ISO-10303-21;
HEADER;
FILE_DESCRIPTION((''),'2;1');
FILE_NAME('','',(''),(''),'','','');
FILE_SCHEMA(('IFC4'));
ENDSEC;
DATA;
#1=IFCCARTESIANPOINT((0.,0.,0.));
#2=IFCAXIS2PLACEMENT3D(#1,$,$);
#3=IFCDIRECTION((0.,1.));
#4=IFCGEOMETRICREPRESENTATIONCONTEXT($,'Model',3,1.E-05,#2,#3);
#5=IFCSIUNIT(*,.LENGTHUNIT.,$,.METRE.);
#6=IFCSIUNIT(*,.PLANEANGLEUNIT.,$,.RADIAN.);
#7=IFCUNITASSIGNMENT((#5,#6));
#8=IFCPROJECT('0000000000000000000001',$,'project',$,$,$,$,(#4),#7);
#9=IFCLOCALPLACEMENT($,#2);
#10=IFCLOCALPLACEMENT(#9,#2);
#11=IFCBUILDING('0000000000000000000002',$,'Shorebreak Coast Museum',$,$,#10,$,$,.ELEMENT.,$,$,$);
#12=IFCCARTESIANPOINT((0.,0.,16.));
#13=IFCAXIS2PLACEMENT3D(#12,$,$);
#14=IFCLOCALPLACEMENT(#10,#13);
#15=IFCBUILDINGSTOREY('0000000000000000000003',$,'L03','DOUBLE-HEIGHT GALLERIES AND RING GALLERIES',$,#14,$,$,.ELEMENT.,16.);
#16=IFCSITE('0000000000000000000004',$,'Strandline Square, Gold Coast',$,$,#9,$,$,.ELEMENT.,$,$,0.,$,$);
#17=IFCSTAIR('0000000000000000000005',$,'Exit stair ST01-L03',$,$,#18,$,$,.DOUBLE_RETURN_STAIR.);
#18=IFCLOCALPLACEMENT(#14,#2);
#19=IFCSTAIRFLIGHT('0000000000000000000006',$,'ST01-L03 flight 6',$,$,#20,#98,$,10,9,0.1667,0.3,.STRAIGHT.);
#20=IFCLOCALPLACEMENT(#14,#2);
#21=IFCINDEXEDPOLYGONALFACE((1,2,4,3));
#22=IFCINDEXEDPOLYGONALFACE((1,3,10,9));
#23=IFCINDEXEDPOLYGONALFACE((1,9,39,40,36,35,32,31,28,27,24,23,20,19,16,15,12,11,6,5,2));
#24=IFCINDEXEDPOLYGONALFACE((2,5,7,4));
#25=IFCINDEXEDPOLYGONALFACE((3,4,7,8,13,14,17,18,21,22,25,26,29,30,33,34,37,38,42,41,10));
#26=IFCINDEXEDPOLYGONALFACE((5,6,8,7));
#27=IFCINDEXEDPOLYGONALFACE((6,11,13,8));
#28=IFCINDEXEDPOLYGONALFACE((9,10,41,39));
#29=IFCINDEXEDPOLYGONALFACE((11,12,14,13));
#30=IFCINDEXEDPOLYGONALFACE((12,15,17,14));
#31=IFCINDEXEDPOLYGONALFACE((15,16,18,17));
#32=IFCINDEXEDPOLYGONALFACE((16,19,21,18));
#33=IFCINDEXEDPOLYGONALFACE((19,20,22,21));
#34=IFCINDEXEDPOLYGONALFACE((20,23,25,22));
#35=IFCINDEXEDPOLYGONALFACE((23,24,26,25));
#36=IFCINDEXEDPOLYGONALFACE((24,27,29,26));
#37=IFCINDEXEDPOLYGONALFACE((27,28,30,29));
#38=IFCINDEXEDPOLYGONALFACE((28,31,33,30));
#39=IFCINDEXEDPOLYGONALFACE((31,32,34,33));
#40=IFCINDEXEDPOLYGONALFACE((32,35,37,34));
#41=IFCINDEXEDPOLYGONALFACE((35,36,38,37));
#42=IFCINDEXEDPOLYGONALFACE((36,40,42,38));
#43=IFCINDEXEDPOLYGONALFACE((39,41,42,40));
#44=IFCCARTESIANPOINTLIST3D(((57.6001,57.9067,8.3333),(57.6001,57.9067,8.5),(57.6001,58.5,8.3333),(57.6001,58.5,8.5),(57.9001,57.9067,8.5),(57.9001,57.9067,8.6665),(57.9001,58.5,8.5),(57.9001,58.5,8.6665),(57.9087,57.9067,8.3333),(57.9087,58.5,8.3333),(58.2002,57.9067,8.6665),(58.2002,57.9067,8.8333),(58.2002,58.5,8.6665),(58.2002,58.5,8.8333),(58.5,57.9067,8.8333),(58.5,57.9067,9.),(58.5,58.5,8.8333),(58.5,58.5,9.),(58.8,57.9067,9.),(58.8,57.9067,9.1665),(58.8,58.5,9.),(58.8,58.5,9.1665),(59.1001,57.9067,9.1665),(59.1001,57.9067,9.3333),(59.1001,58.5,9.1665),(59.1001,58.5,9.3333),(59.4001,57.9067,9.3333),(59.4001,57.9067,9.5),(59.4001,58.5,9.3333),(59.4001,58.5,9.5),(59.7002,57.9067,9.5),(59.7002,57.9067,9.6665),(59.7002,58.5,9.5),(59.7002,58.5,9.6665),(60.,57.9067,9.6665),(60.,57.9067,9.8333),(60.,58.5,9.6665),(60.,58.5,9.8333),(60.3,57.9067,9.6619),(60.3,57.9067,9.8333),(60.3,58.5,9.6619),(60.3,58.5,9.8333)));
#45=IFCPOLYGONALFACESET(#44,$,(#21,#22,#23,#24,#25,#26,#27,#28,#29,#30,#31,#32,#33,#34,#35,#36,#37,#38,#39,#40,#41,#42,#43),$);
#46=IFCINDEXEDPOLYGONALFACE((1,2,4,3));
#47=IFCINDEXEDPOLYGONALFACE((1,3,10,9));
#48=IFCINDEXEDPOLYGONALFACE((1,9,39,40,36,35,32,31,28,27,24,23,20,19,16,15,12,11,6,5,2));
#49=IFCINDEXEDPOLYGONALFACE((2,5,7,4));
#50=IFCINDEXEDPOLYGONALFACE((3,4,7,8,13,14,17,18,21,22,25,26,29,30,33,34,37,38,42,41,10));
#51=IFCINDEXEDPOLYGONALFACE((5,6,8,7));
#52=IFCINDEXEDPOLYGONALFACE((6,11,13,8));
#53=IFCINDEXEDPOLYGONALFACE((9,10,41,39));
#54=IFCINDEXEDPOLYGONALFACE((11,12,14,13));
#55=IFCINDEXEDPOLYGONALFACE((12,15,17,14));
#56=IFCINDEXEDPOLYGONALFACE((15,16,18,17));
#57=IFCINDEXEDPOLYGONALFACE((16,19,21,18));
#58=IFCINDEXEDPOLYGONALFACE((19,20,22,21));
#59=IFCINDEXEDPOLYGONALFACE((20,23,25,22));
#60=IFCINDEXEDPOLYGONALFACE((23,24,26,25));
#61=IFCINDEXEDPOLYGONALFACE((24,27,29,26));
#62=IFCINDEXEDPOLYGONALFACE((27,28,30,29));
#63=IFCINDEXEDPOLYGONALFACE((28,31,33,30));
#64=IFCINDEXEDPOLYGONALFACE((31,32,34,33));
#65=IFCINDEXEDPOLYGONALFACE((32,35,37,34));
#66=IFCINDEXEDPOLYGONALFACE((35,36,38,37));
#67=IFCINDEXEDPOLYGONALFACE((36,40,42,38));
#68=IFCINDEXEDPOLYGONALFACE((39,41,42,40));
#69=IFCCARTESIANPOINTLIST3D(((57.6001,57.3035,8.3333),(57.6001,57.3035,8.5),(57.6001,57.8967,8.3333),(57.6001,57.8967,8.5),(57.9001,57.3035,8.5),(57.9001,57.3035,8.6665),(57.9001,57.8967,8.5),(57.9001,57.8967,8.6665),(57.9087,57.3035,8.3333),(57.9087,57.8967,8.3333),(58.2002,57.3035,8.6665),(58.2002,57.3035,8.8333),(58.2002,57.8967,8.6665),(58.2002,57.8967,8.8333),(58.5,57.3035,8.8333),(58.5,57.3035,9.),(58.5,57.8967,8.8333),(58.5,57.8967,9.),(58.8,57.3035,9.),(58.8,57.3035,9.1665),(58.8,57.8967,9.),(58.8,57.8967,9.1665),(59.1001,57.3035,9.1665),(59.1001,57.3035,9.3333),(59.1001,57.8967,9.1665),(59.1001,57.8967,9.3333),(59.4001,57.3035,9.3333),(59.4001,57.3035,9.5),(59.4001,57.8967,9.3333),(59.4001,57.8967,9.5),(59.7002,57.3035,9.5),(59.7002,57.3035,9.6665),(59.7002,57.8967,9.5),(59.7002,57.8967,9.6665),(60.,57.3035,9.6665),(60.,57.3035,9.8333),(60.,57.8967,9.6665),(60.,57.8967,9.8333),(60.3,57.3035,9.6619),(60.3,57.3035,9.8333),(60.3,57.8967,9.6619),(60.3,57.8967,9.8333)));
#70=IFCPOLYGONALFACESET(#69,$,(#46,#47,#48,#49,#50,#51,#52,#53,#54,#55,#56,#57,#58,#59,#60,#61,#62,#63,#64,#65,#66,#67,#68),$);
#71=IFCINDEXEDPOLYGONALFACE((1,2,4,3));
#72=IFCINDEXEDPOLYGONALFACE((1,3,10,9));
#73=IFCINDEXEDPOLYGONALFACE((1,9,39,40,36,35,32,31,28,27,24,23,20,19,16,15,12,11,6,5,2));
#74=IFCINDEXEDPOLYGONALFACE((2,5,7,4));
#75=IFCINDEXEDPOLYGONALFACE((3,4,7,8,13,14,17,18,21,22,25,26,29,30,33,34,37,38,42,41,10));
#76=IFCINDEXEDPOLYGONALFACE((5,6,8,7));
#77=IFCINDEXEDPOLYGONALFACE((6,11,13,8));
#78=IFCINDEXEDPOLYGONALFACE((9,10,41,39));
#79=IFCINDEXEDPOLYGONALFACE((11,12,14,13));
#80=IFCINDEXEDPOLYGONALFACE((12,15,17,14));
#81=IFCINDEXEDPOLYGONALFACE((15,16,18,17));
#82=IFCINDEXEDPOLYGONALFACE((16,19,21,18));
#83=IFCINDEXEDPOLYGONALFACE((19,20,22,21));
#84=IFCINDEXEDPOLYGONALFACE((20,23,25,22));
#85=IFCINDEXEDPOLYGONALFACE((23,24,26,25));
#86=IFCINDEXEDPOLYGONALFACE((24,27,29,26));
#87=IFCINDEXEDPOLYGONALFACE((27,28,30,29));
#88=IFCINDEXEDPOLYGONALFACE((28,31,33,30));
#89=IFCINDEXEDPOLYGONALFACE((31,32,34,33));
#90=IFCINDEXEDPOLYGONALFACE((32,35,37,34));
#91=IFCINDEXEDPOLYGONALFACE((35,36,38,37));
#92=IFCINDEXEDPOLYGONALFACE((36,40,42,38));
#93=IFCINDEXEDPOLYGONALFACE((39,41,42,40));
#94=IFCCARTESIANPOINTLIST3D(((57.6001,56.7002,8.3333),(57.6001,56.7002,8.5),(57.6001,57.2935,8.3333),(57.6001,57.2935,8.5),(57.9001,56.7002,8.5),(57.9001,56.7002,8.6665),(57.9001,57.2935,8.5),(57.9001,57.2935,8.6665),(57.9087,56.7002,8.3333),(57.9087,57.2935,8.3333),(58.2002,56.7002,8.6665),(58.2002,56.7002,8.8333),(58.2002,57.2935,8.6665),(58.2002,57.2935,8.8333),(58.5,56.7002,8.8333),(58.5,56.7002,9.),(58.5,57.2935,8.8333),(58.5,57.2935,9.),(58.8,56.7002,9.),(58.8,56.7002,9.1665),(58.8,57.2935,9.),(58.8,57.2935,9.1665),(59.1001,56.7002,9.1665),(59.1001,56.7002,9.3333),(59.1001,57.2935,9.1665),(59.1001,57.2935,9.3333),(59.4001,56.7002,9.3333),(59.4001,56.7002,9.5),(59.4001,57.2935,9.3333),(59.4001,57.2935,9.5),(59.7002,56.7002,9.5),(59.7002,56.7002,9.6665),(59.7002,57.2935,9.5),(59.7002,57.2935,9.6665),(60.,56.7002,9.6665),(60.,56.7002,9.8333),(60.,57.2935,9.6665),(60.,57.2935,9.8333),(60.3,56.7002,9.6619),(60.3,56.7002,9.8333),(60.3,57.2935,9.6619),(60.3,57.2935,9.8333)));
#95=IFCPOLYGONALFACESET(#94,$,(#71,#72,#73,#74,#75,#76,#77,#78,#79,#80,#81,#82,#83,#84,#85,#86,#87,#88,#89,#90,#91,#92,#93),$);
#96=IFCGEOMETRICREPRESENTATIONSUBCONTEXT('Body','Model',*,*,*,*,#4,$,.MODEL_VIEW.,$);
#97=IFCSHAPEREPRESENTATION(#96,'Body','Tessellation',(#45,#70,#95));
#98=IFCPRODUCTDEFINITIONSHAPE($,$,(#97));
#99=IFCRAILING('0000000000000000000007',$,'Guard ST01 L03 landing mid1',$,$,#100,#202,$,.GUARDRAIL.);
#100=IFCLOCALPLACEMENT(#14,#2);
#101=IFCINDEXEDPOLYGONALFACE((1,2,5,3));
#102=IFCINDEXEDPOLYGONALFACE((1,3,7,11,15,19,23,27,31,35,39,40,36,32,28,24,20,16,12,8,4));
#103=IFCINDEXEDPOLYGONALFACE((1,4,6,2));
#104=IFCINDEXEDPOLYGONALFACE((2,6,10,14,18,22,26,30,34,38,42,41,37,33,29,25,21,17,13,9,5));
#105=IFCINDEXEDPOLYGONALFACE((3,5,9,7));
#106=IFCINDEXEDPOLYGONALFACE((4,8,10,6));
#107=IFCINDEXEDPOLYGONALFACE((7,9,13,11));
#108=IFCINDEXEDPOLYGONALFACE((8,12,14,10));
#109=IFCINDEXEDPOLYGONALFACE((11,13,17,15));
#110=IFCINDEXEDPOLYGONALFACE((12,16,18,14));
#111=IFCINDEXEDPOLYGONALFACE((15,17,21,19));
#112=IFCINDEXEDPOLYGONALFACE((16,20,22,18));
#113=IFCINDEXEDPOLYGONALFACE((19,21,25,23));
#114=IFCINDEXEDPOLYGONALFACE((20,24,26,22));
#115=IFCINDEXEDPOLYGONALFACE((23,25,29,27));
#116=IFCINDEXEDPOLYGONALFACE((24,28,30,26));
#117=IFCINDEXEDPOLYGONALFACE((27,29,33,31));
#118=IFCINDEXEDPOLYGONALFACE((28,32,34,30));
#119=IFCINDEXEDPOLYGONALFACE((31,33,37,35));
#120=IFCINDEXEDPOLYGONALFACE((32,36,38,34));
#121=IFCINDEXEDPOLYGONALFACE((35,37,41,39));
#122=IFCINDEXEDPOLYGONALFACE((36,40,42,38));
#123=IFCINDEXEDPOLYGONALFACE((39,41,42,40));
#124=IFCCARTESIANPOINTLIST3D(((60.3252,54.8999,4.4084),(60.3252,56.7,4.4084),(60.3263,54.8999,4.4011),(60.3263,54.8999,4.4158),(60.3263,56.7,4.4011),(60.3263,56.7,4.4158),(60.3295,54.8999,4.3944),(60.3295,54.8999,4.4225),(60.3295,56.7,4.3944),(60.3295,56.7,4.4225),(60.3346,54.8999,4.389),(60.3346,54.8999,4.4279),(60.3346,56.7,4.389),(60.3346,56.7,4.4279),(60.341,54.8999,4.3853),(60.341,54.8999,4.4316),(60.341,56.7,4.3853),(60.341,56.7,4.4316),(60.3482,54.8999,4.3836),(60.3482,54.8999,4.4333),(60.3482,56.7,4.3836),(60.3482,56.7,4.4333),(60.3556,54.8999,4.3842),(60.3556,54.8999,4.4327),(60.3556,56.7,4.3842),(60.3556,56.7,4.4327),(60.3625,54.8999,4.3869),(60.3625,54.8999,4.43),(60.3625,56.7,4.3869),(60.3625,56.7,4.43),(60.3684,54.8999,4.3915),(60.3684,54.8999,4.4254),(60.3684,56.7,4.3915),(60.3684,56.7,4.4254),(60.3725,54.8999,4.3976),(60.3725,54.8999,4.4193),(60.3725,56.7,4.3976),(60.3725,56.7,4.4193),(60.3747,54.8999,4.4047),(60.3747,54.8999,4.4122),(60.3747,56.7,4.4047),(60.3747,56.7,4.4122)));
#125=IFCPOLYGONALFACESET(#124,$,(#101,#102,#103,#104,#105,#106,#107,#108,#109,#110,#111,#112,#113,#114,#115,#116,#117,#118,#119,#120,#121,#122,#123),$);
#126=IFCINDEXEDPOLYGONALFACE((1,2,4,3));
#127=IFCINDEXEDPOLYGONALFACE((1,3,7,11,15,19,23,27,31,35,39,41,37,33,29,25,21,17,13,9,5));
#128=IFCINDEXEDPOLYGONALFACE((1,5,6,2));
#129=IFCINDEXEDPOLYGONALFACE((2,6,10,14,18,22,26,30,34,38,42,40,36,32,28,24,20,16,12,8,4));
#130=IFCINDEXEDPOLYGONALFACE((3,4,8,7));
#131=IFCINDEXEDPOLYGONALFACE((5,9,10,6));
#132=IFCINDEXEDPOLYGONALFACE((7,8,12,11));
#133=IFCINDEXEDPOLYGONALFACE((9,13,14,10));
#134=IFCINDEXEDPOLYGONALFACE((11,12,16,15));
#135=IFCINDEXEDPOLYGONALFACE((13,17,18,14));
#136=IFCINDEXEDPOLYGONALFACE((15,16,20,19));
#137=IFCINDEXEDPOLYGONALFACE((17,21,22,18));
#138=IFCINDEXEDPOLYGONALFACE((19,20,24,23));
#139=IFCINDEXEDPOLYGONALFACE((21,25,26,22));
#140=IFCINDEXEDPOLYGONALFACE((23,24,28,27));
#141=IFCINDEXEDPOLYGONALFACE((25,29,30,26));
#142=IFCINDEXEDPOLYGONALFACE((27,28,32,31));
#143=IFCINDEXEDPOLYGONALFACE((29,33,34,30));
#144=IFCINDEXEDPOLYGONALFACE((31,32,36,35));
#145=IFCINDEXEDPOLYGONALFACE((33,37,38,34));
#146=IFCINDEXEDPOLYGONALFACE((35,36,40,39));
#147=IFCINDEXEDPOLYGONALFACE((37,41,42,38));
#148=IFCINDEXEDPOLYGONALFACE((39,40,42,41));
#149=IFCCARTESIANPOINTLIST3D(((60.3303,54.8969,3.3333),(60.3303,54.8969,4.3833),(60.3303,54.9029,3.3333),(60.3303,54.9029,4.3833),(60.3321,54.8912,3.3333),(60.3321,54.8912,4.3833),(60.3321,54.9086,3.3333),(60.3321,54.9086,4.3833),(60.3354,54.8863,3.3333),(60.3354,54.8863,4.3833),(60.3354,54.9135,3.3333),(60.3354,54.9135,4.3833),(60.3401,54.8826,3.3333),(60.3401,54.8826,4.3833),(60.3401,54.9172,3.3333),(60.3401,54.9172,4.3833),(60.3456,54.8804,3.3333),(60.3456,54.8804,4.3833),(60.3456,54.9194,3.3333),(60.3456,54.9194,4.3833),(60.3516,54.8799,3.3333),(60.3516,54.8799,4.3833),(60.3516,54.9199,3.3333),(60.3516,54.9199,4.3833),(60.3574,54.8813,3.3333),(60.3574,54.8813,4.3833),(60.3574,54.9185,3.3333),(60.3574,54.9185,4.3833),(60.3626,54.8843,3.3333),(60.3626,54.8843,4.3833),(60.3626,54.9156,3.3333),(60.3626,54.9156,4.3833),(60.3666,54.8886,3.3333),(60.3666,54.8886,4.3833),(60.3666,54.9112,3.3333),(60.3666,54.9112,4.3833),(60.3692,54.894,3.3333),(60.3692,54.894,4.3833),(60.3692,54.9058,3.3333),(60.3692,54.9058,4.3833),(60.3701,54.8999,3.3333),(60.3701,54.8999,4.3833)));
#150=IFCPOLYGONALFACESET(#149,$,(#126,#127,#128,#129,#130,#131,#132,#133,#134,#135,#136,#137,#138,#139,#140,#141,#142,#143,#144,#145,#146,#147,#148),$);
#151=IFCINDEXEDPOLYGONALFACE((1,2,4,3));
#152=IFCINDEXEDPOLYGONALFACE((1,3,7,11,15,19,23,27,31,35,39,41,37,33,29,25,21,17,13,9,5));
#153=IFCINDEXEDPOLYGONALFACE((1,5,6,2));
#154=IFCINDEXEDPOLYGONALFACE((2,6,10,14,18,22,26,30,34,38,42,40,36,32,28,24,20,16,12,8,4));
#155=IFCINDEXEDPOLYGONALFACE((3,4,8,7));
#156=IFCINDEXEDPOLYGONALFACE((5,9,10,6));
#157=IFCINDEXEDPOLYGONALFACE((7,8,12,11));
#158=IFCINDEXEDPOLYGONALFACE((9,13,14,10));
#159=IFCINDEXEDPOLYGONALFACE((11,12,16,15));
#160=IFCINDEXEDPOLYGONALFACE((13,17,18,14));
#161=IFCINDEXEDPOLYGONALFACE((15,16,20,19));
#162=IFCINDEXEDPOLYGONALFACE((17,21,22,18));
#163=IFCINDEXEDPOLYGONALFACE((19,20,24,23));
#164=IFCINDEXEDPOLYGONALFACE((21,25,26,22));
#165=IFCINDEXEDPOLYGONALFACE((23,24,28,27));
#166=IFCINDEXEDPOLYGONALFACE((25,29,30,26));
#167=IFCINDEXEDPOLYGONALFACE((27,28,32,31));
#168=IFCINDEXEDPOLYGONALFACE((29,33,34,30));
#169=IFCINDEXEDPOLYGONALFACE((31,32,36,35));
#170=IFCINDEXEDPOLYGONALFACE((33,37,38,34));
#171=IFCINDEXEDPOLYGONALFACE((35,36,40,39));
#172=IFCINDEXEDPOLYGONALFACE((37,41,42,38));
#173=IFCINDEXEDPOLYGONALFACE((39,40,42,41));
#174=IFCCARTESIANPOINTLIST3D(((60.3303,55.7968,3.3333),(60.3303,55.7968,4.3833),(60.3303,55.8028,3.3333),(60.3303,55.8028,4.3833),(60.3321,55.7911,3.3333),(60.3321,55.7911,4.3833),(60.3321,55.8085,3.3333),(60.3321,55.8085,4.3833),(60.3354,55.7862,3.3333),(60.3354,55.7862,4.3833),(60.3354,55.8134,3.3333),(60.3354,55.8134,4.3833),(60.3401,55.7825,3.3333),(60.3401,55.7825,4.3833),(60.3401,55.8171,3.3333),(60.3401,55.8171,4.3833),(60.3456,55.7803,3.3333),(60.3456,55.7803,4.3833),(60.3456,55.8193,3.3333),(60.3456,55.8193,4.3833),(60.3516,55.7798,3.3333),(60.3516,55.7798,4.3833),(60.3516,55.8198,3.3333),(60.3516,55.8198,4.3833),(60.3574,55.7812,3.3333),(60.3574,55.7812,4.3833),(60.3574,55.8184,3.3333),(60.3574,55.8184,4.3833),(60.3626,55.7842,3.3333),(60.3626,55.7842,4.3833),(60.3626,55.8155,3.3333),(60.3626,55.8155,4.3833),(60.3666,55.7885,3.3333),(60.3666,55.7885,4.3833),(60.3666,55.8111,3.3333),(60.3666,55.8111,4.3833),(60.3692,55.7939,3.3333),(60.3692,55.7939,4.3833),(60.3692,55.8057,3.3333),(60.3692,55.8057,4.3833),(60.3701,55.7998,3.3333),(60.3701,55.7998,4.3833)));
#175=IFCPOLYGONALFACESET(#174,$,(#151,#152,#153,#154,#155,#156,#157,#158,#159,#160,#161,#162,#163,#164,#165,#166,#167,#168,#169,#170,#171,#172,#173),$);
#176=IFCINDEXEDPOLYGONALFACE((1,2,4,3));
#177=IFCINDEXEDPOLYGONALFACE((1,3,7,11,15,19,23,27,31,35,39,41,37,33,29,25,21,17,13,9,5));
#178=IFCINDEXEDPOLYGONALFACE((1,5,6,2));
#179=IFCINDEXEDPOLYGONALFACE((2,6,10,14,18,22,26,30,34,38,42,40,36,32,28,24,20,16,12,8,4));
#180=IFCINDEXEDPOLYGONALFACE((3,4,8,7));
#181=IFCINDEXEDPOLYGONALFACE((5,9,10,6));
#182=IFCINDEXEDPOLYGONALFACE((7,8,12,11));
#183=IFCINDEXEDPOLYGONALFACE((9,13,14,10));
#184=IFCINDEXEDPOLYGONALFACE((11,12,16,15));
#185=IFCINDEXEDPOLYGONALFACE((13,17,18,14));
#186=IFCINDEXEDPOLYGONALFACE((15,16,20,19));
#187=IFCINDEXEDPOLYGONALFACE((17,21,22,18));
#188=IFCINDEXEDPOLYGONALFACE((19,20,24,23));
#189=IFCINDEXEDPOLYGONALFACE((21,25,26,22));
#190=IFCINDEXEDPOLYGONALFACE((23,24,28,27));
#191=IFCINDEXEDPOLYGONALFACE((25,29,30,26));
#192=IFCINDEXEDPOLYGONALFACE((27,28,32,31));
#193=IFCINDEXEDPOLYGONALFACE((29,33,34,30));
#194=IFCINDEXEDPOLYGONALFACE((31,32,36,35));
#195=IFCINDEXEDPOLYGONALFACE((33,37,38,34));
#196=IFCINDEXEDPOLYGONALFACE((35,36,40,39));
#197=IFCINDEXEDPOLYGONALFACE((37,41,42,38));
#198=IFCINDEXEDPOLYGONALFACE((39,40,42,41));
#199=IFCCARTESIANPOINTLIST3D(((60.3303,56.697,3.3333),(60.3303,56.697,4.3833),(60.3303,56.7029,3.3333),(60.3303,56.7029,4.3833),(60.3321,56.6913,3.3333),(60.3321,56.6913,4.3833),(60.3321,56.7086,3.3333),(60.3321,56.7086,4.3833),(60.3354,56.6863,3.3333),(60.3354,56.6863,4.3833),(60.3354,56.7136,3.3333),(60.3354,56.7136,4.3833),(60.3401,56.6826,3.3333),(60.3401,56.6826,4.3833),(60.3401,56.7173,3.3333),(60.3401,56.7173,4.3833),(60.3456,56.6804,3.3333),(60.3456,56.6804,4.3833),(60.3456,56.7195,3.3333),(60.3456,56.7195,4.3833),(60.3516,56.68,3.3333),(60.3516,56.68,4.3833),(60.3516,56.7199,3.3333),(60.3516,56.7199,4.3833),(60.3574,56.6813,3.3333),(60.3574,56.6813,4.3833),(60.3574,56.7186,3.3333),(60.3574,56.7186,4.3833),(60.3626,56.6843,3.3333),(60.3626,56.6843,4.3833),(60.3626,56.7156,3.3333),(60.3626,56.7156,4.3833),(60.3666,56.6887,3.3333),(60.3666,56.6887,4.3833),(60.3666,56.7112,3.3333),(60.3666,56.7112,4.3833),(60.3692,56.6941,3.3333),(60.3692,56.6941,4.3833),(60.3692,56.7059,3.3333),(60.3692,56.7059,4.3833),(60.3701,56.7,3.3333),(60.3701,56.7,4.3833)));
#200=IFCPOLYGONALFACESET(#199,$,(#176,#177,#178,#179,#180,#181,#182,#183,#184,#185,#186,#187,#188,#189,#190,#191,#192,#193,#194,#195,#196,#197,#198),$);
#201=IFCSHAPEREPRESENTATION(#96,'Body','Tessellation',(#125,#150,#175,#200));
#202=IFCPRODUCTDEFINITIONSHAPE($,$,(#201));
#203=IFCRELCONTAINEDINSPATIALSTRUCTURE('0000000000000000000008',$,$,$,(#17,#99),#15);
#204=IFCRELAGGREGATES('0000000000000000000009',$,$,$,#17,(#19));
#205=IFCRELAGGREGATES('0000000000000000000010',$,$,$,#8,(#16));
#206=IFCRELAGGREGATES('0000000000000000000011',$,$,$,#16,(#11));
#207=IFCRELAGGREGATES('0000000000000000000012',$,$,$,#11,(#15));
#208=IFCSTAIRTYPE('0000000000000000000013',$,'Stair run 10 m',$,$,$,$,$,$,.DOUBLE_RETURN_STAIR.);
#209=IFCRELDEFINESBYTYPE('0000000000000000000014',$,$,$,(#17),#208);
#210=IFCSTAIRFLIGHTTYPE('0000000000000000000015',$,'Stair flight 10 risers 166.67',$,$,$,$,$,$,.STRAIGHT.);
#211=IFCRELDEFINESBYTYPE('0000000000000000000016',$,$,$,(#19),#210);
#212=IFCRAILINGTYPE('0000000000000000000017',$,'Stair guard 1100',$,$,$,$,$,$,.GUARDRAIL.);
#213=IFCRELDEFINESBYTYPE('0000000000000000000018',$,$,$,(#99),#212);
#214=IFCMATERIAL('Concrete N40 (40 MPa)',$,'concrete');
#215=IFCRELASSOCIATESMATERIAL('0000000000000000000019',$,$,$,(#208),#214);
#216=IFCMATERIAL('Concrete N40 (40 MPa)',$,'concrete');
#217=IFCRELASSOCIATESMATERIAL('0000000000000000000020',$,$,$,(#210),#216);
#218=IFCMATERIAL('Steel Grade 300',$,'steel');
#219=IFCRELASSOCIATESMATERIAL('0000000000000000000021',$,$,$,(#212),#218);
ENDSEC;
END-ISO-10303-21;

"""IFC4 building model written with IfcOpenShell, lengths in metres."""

from ifc_helpers import new_model, si_unit, direction, frame, origin, origin_2d, place, context, subcontext, project, spatial, polyline, circle, outline, extrude, material, type_object, element, aggregate, save


model = new_model("IFC4")

# Units and contexts
model_context = context("Model", 3, precision=1e-05, world=origin(), true_north=direction((0.0, 1.0)))
body_context = subcontext(model_context, "Body", "Model", "MODEL_VIEW")
ifc_project = project(units=[si_unit("LENGTHUNIT", "METRE"), si_unit("PLANEANGLEUNIT", "RADIAN")], contexts=[model_context])

# Site, building, storey
site_placement = place(None, origin())
site = spatial("IfcSite", under=ifc_project, at=site_placement, Name="Strandline Square, Gold Coast", CompositionType="ELEMENT", RefElevation=0.0)
building_placement = place(site_placement, origin())
building = spatial("IfcBuilding", under=site, at=building_placement, Name="Shorebreak Coast Museum", CompositionType="ELEMENT")
storey_placement = place(building_placement, frame((0.0, 0.0, 16.0)))
storey = spatial("IfcBuildingStorey", under=building, at=storey_placement, Name="L03", Description="DOUBLE-HEIGHT GALLERIES AND RING GALLERIES", CompositionType="ELEMENT", Elevation=16.0)

# Stair, stair flight
ifc_material_1 = material(Name="Concrete N40 (40 MPa)", Category="concrete")
stair_type = type_object("IfcStairType", Name="Stair run 10 m", PredefinedType="DOUBLE_RETURN_STAIR", material=ifc_material_1)
stair_placement = place(storey_placement, origin())
stair = element("IfcStair", 1, at=stair_placement, inside=storey, type_object=stair_type, Name="Exit stair ST01-L03", PredefinedType="DOUBLE_RETURN_STAIR")
ifc_material_2 = material(Name="Concrete N40 (40 MPa)", Category="concrete")
stair_flight_type = type_object("IfcStairFlightType", Name="Stair flight 10 risers 166.67", PredefinedType="STRAIGHT", material=ifc_material_2)
stair_flight_1_placement = place(storey_placement, frame((57.6001, 57.6001, 8.3333), z_axis=(0.0, 0.0, 1.0), x_axis=(1.0, 0.0, 0.0)))
stair_flight_1 = element("IfcStairFlight", 2, at=stair_flight_1_placement, type_object=stair_flight_type, Name="ST01-L03 flight 6", NumberOfRisers=10, NumberOfTreads=9, PredefinedType="STRAIGHT", RiserHeight=0.1667, TreadLength=0.3, context=body_context, shape_type="SweptSolid", body=[
    extrude(outline(polyline([(0.0, 0.0), (0.0, 0.1667), (0.3, 0.1667), (0.3, 0.3333), (0.6001, 0.3333), (0.6001, 0.5), (0.8999, 0.5), (0.8999, 0.6667), (1.2, 0.6667), (1.2, 0.8333), (1.5, 0.8333), (1.5, 1.0), (1.8, 1.0), (1.8, 1.1667), (2.1001, 1.1667), (2.1001, 1.3333), (2.3999, 1.3333), (2.3999, 1.5), (2.7, 1.5), (2.7, 1.6667), (2.7, 1.3286), (0.3086, 0.0), (0.0, 0.0)])), frame((0.0, 0.8999, 0.0), z_axis=(0.0, -1.0, 0.0), x_axis=(1.0, 0.0, 0.0)), (0.0, 0.0, 1.0), 0.5933),
    extrude(outline(polyline([(0.0, 0.0), (0.0, 0.1667), (0.3, 0.1667), (0.3, 0.3333), (0.6001, 0.3333), (0.6001, 0.5), (0.8999, 0.5), (0.8999, 0.6667), (1.2, 0.6667), (1.2, 0.8333), (1.5, 0.8333), (1.5, 1.0), (1.8, 1.0), (1.8, 1.1667), (2.1001, 1.1667), (2.1001, 1.3333), (2.3999, 1.3333), (2.3999, 1.5), (2.7, 1.5), (2.7, 1.6667), (2.7, 1.3286), (0.3086, 0.0), (0.0, 0.0)])), frame((0.0, 0.2966, 0.0), z_axis=(0.0, -1.0, 0.0), x_axis=(1.0, 0.0, 0.0)), (0.0, 0.0, 1.0), 0.5933),
    extrude(outline(polyline([(0.0, 0.0), (0.0, 0.1667), (0.3, 0.1667), (0.3, 0.3333), (0.6001, 0.3333), (0.6001, 0.5), (0.8999, 0.5), (0.8999, 0.6667), (1.2, 0.6667), (1.2, 0.8333), (1.5, 0.8333), (1.5, 1.0), (1.8, 1.0), (1.8, 1.1667), (2.1001, 1.1667), (2.1001, 1.3333), (2.3999, 1.3333), (2.3999, 1.5), (2.7, 1.5), (2.7, 1.6667), (2.7, 1.3286), (0.3086, 0.0), (0.0, 0.0)])), frame((0.0, -0.3066, 0.0), z_axis=(0.0, -1.0, 0.0), x_axis=(1.0, 0.0, 0.0)), (0.0, 0.0, 1.0), 0.5933),
])
aggregate(stair, [stair_flight_1])

# Railing
ifc_material_3 = material(Name="Steel Grade 300", Category="steel")
railing_type_1 = type_object("IfcRailingType", Name="Stair guard 1100", PredefinedType="GUARDRAIL", material=ifc_material_3)
railing_1_placement = place(storey_placement, frame((60.3501, 54.8999, 3.3333)))
element("IfcRailing", 3, at=railing_1_placement, inside=storey, type_object=railing_type_1, Name="Guard ST01 L03 landing mid1", PredefinedType="GUARDRAIL", context=body_context, shape_type="SweptSolid", body=[
    extrude(circle(Radius=0.0249, at=origin_2d()), frame((0.0, 0.0, 1.0752), z_axis=(0.0, 1.0, 0.0), x_axis=(-1.0, 0.0, 0.0)), (0.0, 0.0, 1.0), 1.8),
    extrude(circle(Radius=0.02, at=origin_2d()), origin(), (0.0, 0.0, 1.0), 1.05),
    extrude(circle(Radius=0.02, at=origin_2d()), frame((0.0, 0.8999, 0.0)), (0.0, 0.0, 1.0), 1.05),
    extrude(circle(Radius=0.02, at=origin_2d()), frame((0.0, 1.8, 0.0)), (0.0, 0.0, 1.0), 1.05),
])

save(model, "model.ifc")
